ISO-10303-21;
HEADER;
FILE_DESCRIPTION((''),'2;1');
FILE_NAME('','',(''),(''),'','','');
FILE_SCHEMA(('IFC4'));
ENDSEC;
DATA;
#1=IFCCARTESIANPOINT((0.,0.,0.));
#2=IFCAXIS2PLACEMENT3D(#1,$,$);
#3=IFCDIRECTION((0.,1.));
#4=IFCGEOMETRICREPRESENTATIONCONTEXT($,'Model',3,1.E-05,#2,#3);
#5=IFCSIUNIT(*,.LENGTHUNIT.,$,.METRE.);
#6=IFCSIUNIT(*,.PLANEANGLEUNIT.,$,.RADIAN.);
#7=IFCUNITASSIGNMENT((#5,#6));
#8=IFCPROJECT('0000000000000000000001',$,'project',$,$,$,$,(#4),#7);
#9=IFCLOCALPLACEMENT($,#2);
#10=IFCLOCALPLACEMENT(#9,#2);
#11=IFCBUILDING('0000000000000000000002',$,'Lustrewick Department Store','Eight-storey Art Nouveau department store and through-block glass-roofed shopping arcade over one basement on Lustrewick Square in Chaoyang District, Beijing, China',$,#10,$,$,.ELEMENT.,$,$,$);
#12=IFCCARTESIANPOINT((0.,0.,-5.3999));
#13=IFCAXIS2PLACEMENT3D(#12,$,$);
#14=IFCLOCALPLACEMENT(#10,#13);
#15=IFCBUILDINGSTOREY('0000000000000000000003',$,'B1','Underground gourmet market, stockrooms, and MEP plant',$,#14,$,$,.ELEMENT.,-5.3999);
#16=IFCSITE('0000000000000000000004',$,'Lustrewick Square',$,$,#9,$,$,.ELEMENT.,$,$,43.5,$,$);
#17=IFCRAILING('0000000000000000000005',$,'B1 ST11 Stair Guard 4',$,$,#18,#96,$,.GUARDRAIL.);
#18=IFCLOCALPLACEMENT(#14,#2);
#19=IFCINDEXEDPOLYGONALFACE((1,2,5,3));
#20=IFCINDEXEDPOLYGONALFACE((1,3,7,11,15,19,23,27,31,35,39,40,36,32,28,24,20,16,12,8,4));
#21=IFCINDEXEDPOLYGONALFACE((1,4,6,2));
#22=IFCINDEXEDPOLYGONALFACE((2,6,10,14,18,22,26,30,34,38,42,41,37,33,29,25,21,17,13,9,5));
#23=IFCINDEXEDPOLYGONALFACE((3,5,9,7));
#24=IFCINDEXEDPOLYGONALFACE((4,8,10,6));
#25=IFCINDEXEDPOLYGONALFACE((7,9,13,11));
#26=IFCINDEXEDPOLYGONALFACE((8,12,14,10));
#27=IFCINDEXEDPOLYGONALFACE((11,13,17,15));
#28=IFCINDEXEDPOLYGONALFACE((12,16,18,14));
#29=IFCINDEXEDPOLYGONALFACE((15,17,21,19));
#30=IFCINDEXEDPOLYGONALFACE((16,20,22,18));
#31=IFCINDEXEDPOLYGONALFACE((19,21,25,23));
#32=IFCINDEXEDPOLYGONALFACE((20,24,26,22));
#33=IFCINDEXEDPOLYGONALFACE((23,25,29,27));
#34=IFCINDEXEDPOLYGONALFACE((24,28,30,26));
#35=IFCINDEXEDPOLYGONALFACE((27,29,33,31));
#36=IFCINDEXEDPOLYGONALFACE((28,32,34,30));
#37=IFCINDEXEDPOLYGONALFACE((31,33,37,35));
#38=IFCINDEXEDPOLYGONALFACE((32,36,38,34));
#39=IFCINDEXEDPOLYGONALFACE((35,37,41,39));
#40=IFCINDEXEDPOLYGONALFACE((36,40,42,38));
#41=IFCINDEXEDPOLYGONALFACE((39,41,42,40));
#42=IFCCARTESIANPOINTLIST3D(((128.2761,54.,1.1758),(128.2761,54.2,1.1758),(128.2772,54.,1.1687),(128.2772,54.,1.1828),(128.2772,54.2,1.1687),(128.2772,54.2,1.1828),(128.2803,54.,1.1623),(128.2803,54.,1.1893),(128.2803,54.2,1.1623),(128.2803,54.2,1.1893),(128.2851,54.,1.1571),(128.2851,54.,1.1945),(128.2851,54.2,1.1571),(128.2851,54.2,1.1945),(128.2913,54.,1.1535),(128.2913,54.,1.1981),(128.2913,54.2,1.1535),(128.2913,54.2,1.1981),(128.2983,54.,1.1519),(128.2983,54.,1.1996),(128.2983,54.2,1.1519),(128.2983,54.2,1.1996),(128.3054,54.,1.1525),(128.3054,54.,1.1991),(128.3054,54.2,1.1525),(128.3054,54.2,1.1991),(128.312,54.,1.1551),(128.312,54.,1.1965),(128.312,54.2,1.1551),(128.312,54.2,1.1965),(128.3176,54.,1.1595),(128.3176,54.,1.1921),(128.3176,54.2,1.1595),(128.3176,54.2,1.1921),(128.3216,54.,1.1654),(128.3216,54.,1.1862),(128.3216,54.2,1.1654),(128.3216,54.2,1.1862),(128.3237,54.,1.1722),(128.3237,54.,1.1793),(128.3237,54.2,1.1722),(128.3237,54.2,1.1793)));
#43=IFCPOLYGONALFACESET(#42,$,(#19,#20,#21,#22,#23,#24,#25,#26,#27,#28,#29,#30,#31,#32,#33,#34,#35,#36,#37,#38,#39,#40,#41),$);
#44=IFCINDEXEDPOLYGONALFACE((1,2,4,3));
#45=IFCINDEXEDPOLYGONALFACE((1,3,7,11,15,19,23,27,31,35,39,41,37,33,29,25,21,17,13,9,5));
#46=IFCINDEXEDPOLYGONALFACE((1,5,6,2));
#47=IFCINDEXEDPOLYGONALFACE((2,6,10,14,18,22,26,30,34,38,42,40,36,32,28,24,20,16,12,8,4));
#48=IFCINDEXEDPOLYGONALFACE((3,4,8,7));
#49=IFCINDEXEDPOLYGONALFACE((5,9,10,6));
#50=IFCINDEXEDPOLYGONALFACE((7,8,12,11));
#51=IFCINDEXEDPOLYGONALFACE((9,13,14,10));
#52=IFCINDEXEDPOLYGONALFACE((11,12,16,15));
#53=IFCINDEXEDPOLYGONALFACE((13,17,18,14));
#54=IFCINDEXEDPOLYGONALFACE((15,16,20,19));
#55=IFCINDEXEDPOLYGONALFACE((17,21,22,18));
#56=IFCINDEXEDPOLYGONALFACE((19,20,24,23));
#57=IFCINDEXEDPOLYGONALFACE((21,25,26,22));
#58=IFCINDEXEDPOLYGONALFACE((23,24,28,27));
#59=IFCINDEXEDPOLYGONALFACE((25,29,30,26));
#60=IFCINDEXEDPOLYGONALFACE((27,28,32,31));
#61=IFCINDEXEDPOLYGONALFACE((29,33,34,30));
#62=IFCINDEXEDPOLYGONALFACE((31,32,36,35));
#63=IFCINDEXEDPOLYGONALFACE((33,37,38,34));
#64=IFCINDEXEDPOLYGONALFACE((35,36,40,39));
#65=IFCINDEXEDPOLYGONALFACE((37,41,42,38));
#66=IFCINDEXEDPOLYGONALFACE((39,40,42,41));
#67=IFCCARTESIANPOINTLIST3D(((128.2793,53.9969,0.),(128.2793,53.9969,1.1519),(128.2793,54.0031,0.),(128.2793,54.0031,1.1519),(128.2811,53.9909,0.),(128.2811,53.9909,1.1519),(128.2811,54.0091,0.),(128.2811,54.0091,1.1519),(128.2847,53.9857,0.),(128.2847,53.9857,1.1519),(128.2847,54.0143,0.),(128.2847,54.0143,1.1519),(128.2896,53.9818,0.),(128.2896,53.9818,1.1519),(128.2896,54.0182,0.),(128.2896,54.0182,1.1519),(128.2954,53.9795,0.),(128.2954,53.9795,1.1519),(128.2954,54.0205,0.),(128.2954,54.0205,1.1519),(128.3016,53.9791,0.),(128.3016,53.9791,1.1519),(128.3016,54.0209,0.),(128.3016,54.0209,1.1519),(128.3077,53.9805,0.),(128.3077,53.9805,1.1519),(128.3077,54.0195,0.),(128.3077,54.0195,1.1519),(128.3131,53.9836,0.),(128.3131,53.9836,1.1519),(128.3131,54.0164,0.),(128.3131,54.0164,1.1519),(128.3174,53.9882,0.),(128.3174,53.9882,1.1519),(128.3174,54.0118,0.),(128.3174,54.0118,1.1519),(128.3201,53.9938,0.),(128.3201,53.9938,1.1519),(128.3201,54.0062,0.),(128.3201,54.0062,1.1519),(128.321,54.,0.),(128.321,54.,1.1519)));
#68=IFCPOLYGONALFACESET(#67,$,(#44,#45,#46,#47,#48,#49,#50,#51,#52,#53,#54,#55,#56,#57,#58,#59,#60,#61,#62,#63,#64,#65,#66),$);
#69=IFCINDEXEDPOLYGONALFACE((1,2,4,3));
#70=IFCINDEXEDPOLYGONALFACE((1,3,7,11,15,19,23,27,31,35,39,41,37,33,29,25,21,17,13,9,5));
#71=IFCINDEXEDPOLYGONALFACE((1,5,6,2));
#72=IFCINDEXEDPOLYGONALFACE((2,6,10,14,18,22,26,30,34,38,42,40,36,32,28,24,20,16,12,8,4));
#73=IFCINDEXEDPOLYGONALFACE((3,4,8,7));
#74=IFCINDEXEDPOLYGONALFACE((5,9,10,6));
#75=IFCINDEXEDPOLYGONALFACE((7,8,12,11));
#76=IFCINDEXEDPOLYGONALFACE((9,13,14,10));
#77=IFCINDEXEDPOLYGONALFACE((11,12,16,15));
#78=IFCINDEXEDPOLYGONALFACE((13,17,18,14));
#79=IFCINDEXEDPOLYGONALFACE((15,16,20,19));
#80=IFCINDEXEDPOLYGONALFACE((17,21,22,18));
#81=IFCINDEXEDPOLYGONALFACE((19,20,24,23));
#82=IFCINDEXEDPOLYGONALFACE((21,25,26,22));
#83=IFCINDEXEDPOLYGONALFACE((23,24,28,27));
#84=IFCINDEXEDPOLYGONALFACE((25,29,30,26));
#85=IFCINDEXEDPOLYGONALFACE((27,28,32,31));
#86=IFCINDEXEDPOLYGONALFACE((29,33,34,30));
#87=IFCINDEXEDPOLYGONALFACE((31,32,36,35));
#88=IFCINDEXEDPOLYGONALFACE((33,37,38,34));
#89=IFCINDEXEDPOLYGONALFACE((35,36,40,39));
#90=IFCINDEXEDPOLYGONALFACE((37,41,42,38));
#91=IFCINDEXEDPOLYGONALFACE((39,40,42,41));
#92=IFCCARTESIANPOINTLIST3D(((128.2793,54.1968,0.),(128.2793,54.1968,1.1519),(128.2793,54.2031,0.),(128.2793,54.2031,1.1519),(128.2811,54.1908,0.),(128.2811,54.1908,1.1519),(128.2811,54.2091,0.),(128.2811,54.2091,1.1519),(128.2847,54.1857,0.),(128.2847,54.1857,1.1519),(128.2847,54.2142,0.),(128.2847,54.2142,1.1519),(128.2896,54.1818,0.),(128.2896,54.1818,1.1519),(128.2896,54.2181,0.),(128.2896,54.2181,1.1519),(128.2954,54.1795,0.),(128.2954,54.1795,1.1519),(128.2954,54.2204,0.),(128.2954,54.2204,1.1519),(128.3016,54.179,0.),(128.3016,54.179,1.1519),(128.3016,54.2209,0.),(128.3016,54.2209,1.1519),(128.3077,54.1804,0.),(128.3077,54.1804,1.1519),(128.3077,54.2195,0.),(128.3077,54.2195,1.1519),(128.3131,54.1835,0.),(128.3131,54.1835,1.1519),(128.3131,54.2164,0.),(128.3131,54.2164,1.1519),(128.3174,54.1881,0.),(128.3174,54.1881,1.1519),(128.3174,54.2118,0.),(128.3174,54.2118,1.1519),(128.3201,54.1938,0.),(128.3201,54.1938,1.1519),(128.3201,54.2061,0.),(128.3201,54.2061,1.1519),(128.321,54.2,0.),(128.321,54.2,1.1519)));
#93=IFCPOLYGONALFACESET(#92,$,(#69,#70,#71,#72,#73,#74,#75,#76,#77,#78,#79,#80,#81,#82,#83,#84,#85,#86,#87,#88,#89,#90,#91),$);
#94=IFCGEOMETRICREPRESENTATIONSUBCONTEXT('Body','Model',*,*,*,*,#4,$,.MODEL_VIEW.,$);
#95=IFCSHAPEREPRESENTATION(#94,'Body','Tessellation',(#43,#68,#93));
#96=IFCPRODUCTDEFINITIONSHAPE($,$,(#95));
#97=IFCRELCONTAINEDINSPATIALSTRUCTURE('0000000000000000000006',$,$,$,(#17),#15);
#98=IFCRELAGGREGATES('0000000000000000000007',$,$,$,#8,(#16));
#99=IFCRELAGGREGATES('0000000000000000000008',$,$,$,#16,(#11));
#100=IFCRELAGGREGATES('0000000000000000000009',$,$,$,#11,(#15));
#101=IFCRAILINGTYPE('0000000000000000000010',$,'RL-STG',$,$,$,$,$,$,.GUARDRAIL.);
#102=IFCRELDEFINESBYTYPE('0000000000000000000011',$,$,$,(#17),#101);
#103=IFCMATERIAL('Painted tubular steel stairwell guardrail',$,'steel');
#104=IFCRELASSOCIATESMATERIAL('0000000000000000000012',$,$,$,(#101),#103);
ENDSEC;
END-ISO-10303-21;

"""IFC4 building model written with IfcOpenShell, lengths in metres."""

from ifc_helpers import new_model, si_unit, direction, frame, origin, origin_2d, place, context, subcontext, project, spatial, circle, extrude, material, type_object, element, save


model = new_model("IFC4")

# Units and contexts
model_context = context("Model", 3, precision=1e-05, world=origin(), true_north=direction((0.0, 1.0)))
body_context = subcontext(model_context, "Body", "Model", "MODEL_VIEW")
ifc_project = project(units=[si_unit("LENGTHUNIT", "METRE"), si_unit("PLANEANGLEUNIT", "RADIAN")], contexts=[model_context])

# Site, building, storey
site_placement = place(None, origin())
site = spatial("IfcSite", under=ifc_project, at=site_placement, Name="Lustrewick Square", CompositionType="ELEMENT", RefElevation=43.5)
building_placement = place(site_placement, origin())
building = spatial("IfcBuilding", under=site, at=building_placement, Name="Lustrewick Department Store", Description="Eight-storey Art Nouveau department store and through-block glass-roofed shopping arcade over one basement on Lustrewick Square in Chaoyang District, Beijing, China", CompositionType="ELEMENT")
storey_placement = place(building_placement, frame((0.0, 0.0, -5.3999)))
storey = spatial("IfcBuildingStorey", under=building, at=storey_placement, Name="B1", Description="Underground gourmet market, stockrooms, and MEP plant", CompositionType="ELEMENT", Elevation=-5.3999)

# Railing
ifc_material_1 = material(Name="Painted tubular steel stairwell guardrail", Category="steel")
railing_type_1 = type_object("IfcRailingType", Name="RL-STG", PredefinedType="GUARDRAIL", material=ifc_material_1)
railing_1_placement = place(storey_placement, frame((128.3, 54.0, 0.0)))
element("IfcRailing", 1, at=railing_1_placement, inside=storey, type_object=railing_type_1, Name="B1 ST11 Stair Guard 4", PredefinedType="GUARDRAIL", context=body_context, shape_type="SweptSolid", body=[
    extrude(circle(Radius=0.0239, at=origin_2d()), frame((0.0, 0.0, 1.1758), z_axis=(0.0, 1.0, 0.0), x_axis=(-1.0, 0.0, 0.0)), (0.0, 0.0, 1.0), 0.2),
    extrude(circle(Radius=0.021, at=origin_2d()), origin(), (0.0, 0.0, 1.0), 1.1519),
    extrude(circle(Radius=0.021, at=origin_2d()), frame((0.0, 0.2, 0.0)), (0.0, 0.0, 1.0), 1.1519),
])

save(model, "model.ifc")
